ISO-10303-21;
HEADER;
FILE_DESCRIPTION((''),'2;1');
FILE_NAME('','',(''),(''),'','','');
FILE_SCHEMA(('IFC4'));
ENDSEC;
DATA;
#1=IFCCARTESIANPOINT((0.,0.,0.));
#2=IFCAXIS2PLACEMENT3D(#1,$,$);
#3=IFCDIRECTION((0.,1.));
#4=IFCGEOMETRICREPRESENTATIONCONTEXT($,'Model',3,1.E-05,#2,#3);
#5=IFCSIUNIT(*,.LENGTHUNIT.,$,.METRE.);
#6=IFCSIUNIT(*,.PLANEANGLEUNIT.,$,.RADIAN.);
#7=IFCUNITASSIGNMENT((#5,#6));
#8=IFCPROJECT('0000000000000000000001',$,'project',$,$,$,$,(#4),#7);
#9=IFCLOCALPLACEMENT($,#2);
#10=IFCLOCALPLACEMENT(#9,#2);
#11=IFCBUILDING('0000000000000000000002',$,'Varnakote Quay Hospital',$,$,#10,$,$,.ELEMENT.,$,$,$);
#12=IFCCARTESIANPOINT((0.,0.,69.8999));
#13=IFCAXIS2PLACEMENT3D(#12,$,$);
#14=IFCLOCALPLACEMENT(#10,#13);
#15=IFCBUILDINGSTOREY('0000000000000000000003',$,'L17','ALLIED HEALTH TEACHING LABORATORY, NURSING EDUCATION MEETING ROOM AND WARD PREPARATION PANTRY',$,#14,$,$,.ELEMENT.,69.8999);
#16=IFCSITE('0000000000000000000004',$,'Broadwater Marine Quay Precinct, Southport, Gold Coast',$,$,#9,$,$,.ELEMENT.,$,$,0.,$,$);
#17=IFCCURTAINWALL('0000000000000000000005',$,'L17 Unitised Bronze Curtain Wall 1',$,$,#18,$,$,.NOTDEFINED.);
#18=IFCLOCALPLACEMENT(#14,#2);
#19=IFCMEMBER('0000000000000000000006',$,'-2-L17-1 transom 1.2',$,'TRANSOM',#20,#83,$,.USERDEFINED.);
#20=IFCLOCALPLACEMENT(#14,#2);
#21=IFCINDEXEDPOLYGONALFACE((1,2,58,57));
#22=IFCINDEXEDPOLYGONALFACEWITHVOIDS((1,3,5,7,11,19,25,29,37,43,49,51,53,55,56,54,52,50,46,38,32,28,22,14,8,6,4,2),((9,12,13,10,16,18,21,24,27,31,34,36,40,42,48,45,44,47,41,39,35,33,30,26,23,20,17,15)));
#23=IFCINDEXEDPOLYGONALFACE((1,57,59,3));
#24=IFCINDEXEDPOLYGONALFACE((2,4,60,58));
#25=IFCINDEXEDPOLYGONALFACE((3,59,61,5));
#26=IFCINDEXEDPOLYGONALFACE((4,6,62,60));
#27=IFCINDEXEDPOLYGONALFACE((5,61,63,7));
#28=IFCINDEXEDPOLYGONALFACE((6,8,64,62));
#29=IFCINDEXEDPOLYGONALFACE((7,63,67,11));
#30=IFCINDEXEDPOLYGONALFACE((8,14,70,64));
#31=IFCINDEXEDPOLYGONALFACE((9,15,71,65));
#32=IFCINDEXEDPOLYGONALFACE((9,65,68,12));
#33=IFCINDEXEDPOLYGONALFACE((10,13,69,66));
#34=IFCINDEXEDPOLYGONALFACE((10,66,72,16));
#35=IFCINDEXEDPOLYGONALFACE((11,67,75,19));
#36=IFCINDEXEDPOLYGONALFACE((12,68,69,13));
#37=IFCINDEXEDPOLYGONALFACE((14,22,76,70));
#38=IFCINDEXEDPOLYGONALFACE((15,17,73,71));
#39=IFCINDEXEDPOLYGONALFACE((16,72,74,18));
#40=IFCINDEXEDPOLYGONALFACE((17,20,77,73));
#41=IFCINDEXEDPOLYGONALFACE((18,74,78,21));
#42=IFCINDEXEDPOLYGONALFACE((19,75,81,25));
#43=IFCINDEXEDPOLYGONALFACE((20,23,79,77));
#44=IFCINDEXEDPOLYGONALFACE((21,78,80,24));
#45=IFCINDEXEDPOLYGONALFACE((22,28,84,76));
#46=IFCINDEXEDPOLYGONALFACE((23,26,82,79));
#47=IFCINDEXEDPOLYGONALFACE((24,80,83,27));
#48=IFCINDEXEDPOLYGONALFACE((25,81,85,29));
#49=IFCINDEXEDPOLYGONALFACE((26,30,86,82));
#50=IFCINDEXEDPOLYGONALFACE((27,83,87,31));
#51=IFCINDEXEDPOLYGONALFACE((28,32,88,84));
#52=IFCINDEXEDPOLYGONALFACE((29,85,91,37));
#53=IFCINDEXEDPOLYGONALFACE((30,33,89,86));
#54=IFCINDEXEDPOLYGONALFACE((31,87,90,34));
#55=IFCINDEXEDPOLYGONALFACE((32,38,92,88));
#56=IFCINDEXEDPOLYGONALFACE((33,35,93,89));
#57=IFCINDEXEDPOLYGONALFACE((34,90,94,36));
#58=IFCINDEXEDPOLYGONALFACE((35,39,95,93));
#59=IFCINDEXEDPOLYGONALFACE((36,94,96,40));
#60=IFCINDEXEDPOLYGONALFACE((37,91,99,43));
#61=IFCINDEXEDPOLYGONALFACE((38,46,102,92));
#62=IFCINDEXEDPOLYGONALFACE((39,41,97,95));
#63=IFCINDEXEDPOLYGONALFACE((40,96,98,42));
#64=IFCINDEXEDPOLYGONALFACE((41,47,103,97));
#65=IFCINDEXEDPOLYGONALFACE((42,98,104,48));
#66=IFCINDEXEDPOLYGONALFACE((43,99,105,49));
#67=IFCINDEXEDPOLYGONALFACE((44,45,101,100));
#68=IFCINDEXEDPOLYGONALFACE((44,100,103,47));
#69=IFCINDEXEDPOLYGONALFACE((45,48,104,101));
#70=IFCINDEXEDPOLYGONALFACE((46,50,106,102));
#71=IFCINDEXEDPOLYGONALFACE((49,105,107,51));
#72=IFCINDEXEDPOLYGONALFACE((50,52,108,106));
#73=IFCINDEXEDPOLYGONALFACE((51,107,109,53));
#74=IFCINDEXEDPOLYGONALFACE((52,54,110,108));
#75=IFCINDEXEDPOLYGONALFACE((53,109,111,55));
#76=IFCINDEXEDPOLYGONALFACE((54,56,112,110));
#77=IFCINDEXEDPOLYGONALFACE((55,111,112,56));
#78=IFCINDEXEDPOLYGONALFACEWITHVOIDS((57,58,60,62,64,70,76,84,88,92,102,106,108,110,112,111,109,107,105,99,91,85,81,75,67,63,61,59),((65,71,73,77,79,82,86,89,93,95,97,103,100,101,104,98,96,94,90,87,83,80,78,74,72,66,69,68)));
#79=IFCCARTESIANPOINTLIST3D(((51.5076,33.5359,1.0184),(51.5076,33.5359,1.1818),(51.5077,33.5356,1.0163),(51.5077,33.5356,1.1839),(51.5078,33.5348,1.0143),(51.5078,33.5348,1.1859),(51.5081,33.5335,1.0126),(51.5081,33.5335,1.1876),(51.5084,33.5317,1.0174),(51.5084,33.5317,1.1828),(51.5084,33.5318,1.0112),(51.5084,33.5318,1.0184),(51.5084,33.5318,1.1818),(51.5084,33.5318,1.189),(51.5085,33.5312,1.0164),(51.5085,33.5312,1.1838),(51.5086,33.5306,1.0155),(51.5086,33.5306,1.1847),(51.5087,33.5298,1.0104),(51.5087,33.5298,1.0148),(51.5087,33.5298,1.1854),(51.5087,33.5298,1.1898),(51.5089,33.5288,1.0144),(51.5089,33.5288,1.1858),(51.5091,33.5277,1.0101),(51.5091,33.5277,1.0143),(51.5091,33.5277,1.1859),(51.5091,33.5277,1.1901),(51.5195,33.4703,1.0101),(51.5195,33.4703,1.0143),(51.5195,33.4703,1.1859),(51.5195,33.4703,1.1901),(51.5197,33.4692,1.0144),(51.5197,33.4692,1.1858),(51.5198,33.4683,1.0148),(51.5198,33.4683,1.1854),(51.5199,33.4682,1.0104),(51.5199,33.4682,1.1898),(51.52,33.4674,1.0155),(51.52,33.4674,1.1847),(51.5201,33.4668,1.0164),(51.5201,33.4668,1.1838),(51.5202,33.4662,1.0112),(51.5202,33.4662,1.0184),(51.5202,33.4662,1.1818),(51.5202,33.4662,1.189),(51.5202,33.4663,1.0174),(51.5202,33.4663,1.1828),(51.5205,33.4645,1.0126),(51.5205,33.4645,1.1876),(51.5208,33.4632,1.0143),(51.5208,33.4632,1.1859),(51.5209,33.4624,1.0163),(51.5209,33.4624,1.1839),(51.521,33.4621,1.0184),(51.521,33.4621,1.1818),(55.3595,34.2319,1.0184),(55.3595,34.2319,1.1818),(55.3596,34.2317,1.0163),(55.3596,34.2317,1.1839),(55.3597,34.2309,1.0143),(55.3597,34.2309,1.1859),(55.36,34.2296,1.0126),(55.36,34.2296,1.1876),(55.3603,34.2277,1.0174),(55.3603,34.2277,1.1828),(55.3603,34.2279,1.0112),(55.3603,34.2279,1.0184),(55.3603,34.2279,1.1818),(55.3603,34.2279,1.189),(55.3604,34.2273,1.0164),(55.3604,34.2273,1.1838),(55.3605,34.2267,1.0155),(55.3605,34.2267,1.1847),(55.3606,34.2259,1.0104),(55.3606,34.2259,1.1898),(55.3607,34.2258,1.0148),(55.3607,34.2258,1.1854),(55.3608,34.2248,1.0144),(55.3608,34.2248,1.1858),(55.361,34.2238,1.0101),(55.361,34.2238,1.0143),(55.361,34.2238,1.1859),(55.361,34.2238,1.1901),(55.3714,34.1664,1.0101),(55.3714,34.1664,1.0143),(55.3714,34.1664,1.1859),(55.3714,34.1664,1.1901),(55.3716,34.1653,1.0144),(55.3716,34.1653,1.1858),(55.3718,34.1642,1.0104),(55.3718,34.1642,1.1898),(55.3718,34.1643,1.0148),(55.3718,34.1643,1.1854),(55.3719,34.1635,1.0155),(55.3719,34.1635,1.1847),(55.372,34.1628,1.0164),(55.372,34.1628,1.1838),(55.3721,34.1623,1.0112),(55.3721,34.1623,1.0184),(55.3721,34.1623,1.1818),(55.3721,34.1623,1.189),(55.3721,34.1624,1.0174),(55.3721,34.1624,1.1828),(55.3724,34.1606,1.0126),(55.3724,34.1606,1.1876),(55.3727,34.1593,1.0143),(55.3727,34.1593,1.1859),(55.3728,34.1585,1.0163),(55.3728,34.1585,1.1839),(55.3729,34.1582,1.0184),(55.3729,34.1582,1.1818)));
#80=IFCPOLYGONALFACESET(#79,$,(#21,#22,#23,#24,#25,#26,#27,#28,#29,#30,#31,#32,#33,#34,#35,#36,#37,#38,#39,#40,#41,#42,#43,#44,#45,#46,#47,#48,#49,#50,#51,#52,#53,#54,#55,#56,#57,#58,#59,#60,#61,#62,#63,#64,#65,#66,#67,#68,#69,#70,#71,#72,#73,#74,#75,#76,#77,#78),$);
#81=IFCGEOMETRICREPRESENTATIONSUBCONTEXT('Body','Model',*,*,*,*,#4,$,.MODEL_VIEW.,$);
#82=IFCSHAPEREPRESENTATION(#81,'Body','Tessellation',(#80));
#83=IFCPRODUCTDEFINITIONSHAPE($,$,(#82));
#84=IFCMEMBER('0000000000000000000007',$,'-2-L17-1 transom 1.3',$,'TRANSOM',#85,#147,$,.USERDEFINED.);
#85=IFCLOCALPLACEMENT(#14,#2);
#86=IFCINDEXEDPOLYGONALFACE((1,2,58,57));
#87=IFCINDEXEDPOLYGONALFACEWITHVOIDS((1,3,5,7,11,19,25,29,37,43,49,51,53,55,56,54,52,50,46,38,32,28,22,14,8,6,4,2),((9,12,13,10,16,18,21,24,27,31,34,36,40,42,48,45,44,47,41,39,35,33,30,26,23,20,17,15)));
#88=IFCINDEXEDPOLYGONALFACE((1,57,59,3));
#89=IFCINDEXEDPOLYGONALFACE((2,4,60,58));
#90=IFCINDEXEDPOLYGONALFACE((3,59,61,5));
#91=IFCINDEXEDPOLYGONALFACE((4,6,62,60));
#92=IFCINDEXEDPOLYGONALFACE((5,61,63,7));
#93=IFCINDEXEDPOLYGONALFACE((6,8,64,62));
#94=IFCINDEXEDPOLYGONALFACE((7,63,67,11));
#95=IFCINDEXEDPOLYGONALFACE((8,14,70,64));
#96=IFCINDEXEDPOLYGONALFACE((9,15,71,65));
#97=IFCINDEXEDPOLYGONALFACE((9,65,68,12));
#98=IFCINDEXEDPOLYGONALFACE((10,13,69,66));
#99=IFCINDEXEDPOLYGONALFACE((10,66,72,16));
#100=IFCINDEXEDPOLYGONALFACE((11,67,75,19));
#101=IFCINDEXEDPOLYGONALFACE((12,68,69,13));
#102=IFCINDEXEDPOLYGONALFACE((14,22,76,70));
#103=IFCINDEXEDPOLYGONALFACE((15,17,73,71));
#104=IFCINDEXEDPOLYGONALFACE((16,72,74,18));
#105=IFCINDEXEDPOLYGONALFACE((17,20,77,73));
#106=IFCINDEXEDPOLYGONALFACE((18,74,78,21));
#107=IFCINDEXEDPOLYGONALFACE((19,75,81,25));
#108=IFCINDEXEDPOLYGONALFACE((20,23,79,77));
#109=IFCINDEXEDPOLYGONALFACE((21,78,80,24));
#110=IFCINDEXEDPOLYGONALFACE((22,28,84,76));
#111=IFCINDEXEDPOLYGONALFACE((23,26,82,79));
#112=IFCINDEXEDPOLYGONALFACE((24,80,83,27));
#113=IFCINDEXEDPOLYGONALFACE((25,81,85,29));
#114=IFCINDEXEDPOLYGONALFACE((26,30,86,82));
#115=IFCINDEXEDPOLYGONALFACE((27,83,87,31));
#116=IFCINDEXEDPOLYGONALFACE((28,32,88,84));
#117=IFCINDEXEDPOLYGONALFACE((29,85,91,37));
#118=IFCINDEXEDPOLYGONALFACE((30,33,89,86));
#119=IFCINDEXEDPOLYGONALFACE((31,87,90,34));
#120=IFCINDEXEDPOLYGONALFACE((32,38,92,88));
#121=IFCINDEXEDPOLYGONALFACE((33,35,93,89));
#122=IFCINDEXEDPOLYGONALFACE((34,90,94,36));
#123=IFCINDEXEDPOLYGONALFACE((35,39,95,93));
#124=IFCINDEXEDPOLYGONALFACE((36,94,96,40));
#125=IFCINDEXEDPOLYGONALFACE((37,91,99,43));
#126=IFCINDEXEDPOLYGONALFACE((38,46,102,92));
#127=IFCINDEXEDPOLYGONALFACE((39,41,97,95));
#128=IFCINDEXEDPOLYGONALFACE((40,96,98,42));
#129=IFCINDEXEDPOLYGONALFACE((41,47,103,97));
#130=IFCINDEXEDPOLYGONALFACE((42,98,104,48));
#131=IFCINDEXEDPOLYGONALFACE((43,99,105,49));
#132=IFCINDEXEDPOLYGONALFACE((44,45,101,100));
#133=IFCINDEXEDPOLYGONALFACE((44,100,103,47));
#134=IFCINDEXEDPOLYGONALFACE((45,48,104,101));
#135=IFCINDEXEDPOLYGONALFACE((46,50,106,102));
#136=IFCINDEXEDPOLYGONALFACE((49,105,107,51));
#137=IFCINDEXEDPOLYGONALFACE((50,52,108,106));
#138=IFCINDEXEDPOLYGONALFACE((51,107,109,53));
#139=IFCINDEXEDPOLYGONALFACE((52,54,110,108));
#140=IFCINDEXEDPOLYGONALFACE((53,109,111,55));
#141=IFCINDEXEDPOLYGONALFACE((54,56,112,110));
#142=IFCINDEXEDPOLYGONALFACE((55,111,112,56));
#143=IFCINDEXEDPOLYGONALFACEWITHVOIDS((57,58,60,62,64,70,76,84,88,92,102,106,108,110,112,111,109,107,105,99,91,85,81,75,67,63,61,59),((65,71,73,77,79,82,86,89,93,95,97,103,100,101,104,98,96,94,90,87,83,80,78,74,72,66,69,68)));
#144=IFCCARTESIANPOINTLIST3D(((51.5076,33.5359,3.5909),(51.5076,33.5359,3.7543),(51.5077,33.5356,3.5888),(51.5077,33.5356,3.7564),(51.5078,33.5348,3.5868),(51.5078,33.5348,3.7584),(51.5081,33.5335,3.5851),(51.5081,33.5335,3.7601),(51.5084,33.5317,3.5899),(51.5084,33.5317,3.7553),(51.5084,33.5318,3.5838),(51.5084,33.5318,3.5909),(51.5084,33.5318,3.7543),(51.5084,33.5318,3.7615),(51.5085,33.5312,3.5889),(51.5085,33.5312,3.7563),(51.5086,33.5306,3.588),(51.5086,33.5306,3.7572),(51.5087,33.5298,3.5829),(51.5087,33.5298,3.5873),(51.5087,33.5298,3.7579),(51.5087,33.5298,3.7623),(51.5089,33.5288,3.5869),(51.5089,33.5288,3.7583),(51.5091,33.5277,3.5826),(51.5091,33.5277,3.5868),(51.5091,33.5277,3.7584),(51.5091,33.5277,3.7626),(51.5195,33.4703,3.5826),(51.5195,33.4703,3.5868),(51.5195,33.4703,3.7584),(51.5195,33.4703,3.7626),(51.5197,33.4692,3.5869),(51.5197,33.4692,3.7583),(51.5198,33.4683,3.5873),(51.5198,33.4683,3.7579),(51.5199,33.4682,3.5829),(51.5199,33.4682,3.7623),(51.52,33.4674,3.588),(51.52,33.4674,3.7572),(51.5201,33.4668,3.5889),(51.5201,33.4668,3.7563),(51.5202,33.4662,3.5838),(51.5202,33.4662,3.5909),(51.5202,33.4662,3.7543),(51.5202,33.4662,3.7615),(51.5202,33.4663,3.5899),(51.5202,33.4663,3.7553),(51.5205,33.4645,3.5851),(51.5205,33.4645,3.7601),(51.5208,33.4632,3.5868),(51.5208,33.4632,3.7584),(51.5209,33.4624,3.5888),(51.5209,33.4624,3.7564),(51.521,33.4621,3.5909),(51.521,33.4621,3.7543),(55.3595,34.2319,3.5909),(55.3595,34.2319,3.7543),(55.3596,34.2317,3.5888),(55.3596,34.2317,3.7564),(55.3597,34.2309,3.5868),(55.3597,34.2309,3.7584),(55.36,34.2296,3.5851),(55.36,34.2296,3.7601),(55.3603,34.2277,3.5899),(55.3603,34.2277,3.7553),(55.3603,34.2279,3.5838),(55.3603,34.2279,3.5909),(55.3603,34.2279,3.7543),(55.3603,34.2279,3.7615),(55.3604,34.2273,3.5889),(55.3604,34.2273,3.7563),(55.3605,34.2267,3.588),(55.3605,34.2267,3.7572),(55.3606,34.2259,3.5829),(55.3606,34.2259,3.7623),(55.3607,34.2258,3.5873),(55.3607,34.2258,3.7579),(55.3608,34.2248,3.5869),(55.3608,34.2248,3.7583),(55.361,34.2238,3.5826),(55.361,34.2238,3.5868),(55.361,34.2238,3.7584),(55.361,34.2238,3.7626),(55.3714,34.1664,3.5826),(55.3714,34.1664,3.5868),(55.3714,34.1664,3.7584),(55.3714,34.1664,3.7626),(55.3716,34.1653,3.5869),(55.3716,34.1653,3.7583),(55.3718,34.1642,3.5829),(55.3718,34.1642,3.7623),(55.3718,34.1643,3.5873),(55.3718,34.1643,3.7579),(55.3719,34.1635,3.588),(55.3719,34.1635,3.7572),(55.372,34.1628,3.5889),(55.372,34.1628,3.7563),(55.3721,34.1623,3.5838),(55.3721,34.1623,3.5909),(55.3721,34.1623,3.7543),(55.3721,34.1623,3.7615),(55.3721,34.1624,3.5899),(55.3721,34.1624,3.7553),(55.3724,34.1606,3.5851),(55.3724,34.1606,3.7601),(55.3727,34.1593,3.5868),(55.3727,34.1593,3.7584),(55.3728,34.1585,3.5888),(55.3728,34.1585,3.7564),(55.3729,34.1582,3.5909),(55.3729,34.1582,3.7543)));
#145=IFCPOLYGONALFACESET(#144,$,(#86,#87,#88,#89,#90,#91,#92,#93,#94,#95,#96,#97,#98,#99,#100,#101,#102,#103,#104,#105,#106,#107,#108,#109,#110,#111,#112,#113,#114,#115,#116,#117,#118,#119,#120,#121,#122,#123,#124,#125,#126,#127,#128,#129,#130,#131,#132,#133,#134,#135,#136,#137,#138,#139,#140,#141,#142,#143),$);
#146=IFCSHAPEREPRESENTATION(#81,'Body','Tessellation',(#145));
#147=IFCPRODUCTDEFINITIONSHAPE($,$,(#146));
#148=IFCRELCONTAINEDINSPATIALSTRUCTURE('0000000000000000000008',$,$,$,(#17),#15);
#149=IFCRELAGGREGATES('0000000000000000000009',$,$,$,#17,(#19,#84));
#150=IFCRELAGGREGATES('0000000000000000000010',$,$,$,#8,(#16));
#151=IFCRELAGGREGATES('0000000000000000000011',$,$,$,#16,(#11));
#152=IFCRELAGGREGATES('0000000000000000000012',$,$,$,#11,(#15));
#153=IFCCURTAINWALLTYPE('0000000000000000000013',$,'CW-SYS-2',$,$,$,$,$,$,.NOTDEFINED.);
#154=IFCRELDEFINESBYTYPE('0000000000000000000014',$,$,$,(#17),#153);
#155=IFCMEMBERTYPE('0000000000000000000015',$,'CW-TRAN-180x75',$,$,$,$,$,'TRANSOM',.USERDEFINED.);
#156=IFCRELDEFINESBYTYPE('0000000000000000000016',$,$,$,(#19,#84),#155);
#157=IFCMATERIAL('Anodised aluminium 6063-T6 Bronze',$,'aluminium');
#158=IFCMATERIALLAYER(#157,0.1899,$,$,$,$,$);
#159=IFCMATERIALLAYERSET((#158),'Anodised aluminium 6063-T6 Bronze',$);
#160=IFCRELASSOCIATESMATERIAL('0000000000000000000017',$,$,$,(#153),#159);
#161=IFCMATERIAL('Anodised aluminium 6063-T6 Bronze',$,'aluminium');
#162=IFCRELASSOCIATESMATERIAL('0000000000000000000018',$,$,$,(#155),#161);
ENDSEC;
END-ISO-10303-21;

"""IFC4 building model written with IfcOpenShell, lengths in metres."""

from ifc_helpers import new_model, si_unit, direction, frame, origin, origin_2d, place, context, subcontext, project, spatial, hollow_rectangle, extrude, material, layer, layer_set, material_profile, profile_set, type_object, element, aggregate, save


model = new_model("IFC4")

# Units and contexts
model_context = context("Model", 3, precision=1e-05, world=origin(), true_north=direction((0.0, 1.0)))
body_context = subcontext(model_context, "Body", "Model", "MODEL_VIEW")
ifc_project = project(units=[si_unit("LENGTHUNIT", "METRE"), si_unit("PLANEANGLEUNIT", "RADIAN")], contexts=[model_context])

# Site, building, storey
site_placement = place(None, origin())
site = spatial("IfcSite", under=ifc_project, at=site_placement, Name="Broadwater Marine Quay Precinct, Southport, Gold Coast", CompositionType="ELEMENT", RefElevation=0.0)
building_placement = place(site_placement, origin())
building = spatial("IfcBuilding", under=site, at=building_placement, Name="Varnakote Quay Hospital", CompositionType="ELEMENT")
storey_placement = place(building_placement, frame((0.0, 0.0, 69.8999)))
storey = spatial("IfcBuildingStorey", under=building, at=storey_placement, Name="L17", Description="ALLIED HEALTH TEACHING LABORATORY, NURSING EDUCATION MEETING ROOM AND WARD PREPARATION PANTRY", CompositionType="ELEMENT", Elevation=69.8999)

# Curtain wall, members
ifc_material_1 = material(Name="Anodised aluminium 6063-T6 Bronze", Category="aluminium")
ifc_layer_1 = layer(ifc_material_1, 0.1899)
ifc_layer_set_1 = layer_set([ifc_layer_1], Name="Anodised aluminium 6063-T6 Bronze")
curtain_wall_type = type_object("IfcCurtainWallType", Name="CW-SYS-2", PredefinedType="NOTDEFINED", material=ifc_layer_set_1)
curtain_wall_placement = place(storey_placement, origin())
curtain_wall = element("IfcCurtainWall", 1, at=curtain_wall_placement, inside=storey, type_object=curtain_wall_type, Name="L17 Unitised Bronze Curtain Wall 1", PredefinedType="NOTDEFINED")
ifc_material_2 = material(Name="Anodised aluminium 6063-T6 Bronze", Category="aluminium")
ifc_material_profile_1 = material_profile(ifc_material_2, hollow_rectangle(XDim=0.075, YDim=0.1799, WallThickness=0.0042, InnerFilletRadius=0.0042, OuterFilletRadius=0.0083, at=origin_2d()), Name="CW-TRAN-180x75")
ifc_profile_set_1 = profile_set([ifc_material_profile_1], Name="Anodised aluminium 6063-T6 Bronze")
member_type_1 = type_object("IfcMemberType", Name="CW-TRAN-180x75", ElementType="TRANSOM", PredefinedType="USERDEFINED", material=ifc_profile_set_1)
member_1_placement = place(storey_placement, frame((55.3662, 34.1951, 1.1001), z_axis=(-0.984062, -0.177826, 0.0), x_axis=(0.177826, -0.984062, 0.0)))
member_1 = element("IfcMember", 2, at=member_1_placement, type_object=member_type_1, Name="-2-L17-1 transom 1.2", ObjectType="TRANSOM", PredefinedType="USERDEFINED", context=body_context, shape_type="SweptSolid", body=[
    extrude(hollow_rectangle(XDim=0.075, YDim=0.1799, WallThickness=0.0042, InnerFilletRadius=0.0042, OuterFilletRadius=0.0083, at=origin_2d()), origin(), (0.0, 0.0, 1.0), 3.9143),
])
member_2_placement = place(storey_placement, frame((55.3662, 34.1951, 3.6726), z_axis=(-0.984062, -0.177826, 0.0), x_axis=(0.177826, -0.984062, 0.0)))
member_2 = element("IfcMember", 3, at=member_2_placement, type_object=member_type_1, Name="-2-L17-1 transom 1.3", ObjectType="TRANSOM", PredefinedType="USERDEFINED", context=body_context, shape_type="SweptSolid", body=[
    extrude(hollow_rectangle(XDim=0.075, YDim=0.1799, WallThickness=0.0042, InnerFilletRadius=0.0042, OuterFilletRadius=0.0083, at=origin_2d()), origin(), (0.0, 0.0, 1.0), 3.9143),
])
aggregate(curtain_wall, [member_1, member_2])

save(model, "model.ifc")
